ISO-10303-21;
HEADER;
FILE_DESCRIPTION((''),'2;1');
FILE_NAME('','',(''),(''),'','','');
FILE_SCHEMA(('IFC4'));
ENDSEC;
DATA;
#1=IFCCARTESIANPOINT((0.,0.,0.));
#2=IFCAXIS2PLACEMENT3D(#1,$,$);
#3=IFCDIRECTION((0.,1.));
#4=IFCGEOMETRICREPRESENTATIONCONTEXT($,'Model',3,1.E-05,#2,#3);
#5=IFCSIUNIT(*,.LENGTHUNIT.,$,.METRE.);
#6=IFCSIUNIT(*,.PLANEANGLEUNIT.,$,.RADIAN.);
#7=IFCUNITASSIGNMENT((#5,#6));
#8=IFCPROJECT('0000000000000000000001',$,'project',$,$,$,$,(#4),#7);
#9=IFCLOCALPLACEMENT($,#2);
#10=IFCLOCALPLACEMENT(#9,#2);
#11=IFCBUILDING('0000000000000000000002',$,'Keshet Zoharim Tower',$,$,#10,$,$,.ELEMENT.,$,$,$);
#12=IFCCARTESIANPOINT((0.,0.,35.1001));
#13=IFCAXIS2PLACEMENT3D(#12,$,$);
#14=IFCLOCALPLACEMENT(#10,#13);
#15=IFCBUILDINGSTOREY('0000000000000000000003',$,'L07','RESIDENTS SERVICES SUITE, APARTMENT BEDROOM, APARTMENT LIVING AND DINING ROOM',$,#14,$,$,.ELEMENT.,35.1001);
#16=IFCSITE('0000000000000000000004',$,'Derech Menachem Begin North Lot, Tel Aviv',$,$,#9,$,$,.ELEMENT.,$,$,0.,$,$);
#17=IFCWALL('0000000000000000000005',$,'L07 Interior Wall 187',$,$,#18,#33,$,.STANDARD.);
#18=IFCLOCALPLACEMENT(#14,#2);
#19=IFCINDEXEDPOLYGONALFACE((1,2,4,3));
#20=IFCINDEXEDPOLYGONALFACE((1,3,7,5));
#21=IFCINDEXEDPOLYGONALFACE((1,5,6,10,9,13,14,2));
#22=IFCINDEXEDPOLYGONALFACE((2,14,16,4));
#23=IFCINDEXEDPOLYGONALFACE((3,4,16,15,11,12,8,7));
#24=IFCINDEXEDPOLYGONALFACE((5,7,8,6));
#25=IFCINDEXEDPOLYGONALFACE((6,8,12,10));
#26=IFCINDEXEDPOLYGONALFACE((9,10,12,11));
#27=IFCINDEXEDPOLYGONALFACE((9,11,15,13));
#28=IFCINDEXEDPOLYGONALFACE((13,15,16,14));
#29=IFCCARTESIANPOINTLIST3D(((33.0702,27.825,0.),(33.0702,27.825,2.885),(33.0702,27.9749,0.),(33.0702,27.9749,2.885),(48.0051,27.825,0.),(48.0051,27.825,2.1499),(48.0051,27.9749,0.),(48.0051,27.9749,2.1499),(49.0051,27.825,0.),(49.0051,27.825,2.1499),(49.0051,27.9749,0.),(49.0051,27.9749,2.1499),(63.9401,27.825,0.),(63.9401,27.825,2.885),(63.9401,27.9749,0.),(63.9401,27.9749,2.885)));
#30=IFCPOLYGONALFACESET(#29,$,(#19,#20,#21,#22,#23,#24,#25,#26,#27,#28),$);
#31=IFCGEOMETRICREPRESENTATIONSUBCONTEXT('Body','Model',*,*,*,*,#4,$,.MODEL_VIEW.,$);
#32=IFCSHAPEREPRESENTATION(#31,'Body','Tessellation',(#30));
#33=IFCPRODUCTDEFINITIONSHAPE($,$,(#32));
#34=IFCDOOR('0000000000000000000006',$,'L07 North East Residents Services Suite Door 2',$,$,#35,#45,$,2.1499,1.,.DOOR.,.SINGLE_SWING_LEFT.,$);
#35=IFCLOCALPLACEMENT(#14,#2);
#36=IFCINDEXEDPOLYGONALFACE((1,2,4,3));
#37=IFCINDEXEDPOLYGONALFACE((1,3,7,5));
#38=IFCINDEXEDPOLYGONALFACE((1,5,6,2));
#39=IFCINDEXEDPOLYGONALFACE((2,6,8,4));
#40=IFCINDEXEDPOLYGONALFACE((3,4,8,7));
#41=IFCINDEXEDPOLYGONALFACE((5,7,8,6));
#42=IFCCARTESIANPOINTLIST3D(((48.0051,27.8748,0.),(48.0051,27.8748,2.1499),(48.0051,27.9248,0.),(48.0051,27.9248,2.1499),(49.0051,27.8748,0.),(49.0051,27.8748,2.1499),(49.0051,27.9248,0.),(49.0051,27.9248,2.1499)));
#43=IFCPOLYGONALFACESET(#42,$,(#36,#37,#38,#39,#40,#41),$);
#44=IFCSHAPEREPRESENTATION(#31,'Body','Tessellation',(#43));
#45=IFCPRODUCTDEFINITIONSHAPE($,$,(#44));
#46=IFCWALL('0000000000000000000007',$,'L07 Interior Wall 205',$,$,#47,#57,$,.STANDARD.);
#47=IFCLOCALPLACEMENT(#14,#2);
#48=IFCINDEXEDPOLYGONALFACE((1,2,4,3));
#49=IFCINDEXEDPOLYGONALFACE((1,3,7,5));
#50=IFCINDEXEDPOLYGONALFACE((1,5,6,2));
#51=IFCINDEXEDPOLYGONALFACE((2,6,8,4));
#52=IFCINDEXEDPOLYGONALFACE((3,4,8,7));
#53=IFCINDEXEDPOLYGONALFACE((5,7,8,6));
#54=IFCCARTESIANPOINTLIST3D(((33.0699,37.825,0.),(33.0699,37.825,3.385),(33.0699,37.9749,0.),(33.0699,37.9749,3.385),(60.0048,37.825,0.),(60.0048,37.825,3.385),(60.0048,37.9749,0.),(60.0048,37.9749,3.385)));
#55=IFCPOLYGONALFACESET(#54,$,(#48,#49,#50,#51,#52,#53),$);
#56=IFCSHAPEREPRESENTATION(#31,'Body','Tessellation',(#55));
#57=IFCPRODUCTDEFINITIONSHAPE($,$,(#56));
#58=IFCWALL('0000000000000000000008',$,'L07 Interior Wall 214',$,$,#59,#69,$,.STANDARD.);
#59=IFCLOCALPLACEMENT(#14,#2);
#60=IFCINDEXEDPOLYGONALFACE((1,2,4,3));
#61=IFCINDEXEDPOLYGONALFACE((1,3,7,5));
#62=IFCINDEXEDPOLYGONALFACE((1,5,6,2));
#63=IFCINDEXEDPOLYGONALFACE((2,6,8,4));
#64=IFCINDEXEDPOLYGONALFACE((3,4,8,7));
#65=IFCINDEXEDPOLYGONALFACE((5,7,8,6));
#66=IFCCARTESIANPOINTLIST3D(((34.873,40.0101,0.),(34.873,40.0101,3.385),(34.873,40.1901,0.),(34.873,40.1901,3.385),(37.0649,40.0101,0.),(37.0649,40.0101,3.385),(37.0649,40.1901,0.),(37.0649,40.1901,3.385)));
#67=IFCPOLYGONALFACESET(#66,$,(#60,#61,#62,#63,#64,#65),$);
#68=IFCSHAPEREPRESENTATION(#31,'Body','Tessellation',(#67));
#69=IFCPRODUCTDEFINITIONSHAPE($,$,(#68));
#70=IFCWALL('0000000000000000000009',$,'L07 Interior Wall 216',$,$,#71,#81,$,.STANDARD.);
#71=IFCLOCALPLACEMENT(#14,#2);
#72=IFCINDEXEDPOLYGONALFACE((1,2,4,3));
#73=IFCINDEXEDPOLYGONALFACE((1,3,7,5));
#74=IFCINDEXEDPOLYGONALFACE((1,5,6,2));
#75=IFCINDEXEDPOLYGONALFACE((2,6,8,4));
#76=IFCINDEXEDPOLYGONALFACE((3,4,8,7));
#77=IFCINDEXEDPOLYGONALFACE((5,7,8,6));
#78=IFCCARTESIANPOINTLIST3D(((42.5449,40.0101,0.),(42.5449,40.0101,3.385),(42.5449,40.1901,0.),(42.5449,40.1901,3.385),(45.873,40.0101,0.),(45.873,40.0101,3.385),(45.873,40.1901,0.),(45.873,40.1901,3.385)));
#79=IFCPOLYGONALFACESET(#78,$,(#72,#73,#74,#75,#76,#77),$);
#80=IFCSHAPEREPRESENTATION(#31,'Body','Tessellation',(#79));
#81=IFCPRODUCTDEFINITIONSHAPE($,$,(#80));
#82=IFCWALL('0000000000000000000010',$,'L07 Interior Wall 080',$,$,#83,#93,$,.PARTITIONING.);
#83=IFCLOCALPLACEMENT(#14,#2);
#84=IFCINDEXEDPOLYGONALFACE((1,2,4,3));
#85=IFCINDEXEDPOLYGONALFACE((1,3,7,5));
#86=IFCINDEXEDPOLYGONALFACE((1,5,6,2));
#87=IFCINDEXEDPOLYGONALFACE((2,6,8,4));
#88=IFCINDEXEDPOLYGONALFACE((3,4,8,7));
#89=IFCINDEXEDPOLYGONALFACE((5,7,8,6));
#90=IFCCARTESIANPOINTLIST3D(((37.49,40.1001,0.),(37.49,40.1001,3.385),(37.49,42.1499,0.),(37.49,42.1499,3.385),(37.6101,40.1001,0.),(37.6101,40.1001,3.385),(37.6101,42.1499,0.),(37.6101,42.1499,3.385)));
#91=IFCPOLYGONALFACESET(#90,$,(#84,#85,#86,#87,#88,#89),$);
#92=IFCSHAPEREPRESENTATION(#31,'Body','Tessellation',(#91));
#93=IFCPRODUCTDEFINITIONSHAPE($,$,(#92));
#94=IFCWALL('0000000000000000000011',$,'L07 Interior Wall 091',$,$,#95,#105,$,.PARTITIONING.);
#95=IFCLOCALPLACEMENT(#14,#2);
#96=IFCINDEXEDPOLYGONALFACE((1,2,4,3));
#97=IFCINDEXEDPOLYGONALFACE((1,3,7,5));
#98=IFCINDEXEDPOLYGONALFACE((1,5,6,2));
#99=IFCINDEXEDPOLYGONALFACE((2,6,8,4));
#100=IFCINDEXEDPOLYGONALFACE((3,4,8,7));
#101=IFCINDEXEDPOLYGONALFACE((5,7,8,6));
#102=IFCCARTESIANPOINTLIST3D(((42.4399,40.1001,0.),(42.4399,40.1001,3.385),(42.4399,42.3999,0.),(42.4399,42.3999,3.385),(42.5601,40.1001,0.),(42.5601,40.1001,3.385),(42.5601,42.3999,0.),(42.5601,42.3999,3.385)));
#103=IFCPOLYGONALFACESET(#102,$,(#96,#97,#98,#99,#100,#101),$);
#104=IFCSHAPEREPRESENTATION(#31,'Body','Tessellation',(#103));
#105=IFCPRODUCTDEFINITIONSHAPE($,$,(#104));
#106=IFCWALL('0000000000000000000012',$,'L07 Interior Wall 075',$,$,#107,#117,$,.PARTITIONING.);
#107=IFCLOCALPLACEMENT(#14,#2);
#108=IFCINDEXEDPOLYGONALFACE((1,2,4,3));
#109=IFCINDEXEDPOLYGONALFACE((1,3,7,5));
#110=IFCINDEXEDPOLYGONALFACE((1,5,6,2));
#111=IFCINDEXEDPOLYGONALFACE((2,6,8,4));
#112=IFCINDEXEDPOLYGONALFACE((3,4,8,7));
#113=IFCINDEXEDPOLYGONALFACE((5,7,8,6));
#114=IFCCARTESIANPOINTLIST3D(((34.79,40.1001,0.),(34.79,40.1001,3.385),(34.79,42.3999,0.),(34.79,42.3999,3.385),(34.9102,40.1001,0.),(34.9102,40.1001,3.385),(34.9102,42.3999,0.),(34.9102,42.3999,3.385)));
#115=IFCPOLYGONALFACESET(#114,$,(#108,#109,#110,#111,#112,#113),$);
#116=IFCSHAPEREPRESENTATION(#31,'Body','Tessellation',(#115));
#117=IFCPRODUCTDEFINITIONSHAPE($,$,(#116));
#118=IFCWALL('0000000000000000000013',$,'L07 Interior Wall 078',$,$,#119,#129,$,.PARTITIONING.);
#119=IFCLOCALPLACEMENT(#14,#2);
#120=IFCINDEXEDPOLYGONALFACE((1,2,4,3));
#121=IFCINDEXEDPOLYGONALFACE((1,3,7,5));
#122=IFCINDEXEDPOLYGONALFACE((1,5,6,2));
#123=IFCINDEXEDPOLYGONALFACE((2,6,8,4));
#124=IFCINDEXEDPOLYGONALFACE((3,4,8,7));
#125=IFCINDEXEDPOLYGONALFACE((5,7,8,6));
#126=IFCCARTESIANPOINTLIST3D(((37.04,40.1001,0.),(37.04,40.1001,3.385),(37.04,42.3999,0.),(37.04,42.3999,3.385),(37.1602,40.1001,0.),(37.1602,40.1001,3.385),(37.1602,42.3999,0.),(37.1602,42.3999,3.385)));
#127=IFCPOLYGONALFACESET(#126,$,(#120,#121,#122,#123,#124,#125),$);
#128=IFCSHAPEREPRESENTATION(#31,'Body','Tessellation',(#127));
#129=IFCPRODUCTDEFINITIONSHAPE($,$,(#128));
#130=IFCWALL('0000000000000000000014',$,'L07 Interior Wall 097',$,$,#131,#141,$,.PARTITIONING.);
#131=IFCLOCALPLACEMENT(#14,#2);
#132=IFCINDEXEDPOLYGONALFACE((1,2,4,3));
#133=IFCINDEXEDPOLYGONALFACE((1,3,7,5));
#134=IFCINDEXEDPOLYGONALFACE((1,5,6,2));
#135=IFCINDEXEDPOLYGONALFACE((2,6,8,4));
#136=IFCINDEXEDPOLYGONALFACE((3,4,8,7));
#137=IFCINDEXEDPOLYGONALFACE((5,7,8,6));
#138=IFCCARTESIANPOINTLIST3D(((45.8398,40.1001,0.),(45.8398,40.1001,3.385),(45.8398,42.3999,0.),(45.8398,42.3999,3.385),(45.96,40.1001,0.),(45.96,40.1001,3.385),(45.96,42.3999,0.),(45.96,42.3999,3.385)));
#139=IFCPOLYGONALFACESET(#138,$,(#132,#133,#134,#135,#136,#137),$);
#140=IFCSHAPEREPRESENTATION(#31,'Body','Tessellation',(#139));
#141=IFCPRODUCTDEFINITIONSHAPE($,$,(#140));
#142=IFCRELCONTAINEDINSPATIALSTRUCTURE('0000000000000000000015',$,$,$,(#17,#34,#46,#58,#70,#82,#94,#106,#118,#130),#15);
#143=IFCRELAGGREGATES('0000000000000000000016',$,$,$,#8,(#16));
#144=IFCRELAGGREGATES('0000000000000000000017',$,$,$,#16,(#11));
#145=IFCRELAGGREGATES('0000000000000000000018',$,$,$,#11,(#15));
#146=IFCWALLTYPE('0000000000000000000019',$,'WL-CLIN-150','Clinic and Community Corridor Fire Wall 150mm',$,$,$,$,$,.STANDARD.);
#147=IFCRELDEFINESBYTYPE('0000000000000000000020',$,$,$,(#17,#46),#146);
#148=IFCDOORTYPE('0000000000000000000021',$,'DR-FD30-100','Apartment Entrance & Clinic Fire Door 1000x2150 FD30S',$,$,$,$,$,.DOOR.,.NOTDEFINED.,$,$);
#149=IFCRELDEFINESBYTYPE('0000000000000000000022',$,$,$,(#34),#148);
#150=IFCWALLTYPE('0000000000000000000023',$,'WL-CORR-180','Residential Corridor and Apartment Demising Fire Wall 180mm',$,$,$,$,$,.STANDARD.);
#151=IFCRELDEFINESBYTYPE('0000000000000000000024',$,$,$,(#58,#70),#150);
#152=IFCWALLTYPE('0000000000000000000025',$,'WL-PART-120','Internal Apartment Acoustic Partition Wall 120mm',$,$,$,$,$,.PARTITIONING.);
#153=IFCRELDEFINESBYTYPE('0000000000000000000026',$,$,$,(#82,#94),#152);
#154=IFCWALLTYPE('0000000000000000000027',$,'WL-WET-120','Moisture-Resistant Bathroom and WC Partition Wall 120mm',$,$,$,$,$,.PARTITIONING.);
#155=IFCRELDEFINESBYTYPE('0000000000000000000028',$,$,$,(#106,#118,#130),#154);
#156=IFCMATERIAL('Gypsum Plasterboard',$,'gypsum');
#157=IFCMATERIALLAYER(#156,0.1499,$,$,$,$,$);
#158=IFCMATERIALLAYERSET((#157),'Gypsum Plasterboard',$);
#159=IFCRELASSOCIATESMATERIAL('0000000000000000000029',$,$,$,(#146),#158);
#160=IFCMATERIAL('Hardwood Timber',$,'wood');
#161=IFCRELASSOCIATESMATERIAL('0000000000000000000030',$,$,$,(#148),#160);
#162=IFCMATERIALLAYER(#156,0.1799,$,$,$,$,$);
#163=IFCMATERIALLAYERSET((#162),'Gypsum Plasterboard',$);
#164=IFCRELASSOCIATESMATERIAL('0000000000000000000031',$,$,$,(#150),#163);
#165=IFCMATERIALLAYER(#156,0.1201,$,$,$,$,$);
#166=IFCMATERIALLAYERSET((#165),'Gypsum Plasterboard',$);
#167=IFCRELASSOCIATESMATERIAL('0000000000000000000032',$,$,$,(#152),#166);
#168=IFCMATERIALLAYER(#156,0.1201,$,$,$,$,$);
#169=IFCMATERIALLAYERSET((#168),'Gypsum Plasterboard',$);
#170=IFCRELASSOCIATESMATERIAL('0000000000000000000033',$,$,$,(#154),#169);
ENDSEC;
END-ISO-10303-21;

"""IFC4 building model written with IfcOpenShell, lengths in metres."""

from ifc_helpers import new_model, si_unit, direction, frame, frame_2d, origin, place, context, subcontext, project, spatial, rectangle, extrude, material, layer, layer_set, type_object, element, fill, save


model = new_model("IFC4")

# Units and contexts
model_context = context("Model", 3, precision=1e-05, world=origin(), true_north=direction((0.0, 1.0)))
body_context = subcontext(model_context, "Body", "Model", "MODEL_VIEW")
ifc_project = project(units=[si_unit("LENGTHUNIT", "METRE"), si_unit("PLANEANGLEUNIT", "RADIAN")], contexts=[model_context])

# Site, building, storey
site_placement = place(None, origin())
site = spatial("IfcSite", under=ifc_project, at=site_placement, Name="Derech Menachem Begin North Lot, Tel Aviv", CompositionType="ELEMENT", RefElevation=0.0)
building_placement = place(site_placement, origin())
building = spatial("IfcBuilding", under=site, at=building_placement, Name="Keshet Zoharim Tower", CompositionType="ELEMENT")
storey_placement = place(building_placement, frame((0.0, 0.0, 35.1001)))
storey = spatial("IfcBuildingStorey", under=building, at=storey_placement, Name="L07", Description="RESIDENTS SERVICES SUITE, APARTMENT BEDROOM, APARTMENT LIVING AND DINING ROOM", CompositionType="ELEMENT", Elevation=35.1001)

# Shared definitions
ifc_material_1 = material(Name="Gypsum Plasterboard", Category="gypsum")
ifc_layer_1 = layer(ifc_material_1, 0.1499)
ifc_layer_set_1 = layer_set([ifc_layer_1], Name="Gypsum Plasterboard")
wall_type_1 = type_object("IfcWallType", Name="WL-CLIN-150", Description="Clinic and Community Corridor Fire Wall 150mm", PredefinedType="STANDARD", material=ifc_layer_set_1)

# Shared definitions
ifc_material_2 = material(Name="Hardwood Timber", Category="wood")
door_type = type_object("IfcDoorType", Name="DR-FD30-100", Description="Apartment Entrance & Clinic Fire Door 1000x2150 FD30S", OperationType="NOTDEFINED", PredefinedType="DOOR", material=ifc_material_2)

# Wall, opening, door
wall_1_placement = place(storey_placement, frame((33.0701, 27.8999, 0.0), z_axis=(0.0, 0.0, 1.0), x_axis=(1.0, 0.0, 0.0)))
wall_1 = element("IfcWall", 1, at=wall_1_placement, inside=storey, type_object=wall_type_1, Name="L07 Interior Wall 187", PredefinedType="STANDARD", context=body_context, shape_type="SweptSolid", body=[
    extrude(rectangle(XDim=30.8699, YDim=0.1499, at=frame_2d((15.4351, 0.0))), origin(), (0.0, 0.0, 1.0), 2.885),
])
opening_1_placement = place(wall_1_placement, frame((14.9351, 0.0, 0.0)))
opening_1 = element("IfcOpeningElement", 2, at=opening_1_placement, cuts=wall_1, PredefinedType="OPENING", context=body_context, shape_type="SweptSolid", body=[
    extrude(rectangle(XDim=1.0, YDim=2.1499, at=frame_2d((0.5, 1.075))), frame((0.0, 0.085, 0.0), z_axis=(0.0, -1.0, 0.0), x_axis=(1.0, 0.0, 0.0)), (0.0, 0.0, 1.0), 0.1699),
])
door_1_placement = place(opening_1_placement, origin())
door_1 = element("IfcDoor", 3, at=door_1_placement, inside=storey, type_object=door_type, Name="L07 North East Residents Services Suite Door 2", OperationType="SINGLE_SWING_LEFT", OverallHeight=2.1499, OverallWidth=1.0, PredefinedType="DOOR", context=body_context, shape_type="SweptSolid", body=[
    extrude(rectangle(XDim=1.0, YDim=2.1499, at=frame_2d((0.5, 1.075))), frame((0.0, 0.0249, 0.0), z_axis=(0.0, -1.0, 0.0), x_axis=(1.0, 0.0, 0.0)), (0.0, 0.0, 1.0), 0.05),
])
fill(opening_1, door_1)

# Walls
wall_2_placement = place(storey_placement, frame((33.0701, 37.8999, 0.0), z_axis=(0.0, 0.0, 1.0), x_axis=(1.0, 0.0, 0.0)))
element("IfcWall", 4, at=wall_2_placement, inside=storey, type_object=wall_type_1, Name="L07 Interior Wall 205", PredefinedType="STANDARD", context=body_context, shape_type="SweptSolid", body=[
    extrude(rectangle(XDim=26.9348, YDim=0.1499, at=frame_2d((13.4673, 0.0))), origin(), (0.0, 0.0, 1.0), 3.385),
])
ifc_layer_2 = layer(ifc_material_1, 0.1799)
ifc_layer_set_2 = layer_set([ifc_layer_2], Name="Gypsum Plasterboard")
wall_type_2 = type_object("IfcWallType", Name="WL-CORR-180", Description="Residential Corridor and Apartment Demising Fire Wall 180mm", PredefinedType="STANDARD", material=ifc_layer_set_2)
wall_3_placement = place(storey_placement, frame((34.873, 40.1001, 0.0), z_axis=(0.0, 0.0, 1.0), x_axis=(1.0, 0.0, 0.0)))
element("IfcWall", 5, at=wall_3_placement, inside=storey, type_object=wall_type_2, Name="L07 Interior Wall 214", PredefinedType="STANDARD", context=body_context, shape_type="SweptSolid", body=[
    extrude(rectangle(XDim=2.1919, YDim=0.1799, at=frame_2d((1.0959, 0.0))), origin(), (0.0, 0.0, 1.0), 3.385),
])

# Walls
wall_4_placement = place(storey_placement, frame((42.5449, 40.1001, 0.0), z_axis=(0.0, 0.0, 1.0), x_axis=(1.0, 0.0, 0.0)))
element("IfcWall", 6, at=wall_4_placement, inside=storey, type_object=wall_type_2, Name="L07 Interior Wall 216", PredefinedType="STANDARD", context=body_context, shape_type="SweptSolid", body=[
    extrude(rectangle(XDim=3.3281, YDim=0.1799, at=frame_2d((1.6641, 0.0))), origin(), (0.0, 0.0, 1.0), 3.385),
])
ifc_layer_3 = layer(ifc_material_1, 0.1201)
ifc_layer_set_3 = layer_set([ifc_layer_3], Name="Gypsum Plasterboard")
wall_type_3 = type_object("IfcWallType", Name="WL-PART-120", Description="Internal Apartment Acoustic Partition Wall 120mm", PredefinedType="PARTITIONING", material=ifc_layer_set_3)
wall_5_placement = place(storey_placement, frame((37.55, 40.1001, 0.0), z_axis=(0.0, 0.0, 1.0), x_axis=(0.0, 1.0, 0.0)))
element("IfcWall", 7, at=wall_5_placement, inside=storey, type_object=wall_type_3, Name="L07 Interior Wall 080", PredefinedType="PARTITIONING", context=body_context, shape_type="SweptSolid", body=[
    extrude(rectangle(XDim=2.0498, YDim=0.1201, at=frame_2d((1.0249, 0.0))), origin(), (0.0, 0.0, 1.0), 3.385),
])
wall_6_placement = place(storey_placement, frame((42.5, 40.1001, 0.0), z_axis=(0.0, 0.0, 1.0), x_axis=(0.0, 1.0, 0.0)))
element("IfcWall", 8, at=wall_6_placement, inside=storey, type_object=wall_type_3, Name="L07 Interior Wall 091", PredefinedType="PARTITIONING", context=body_context, shape_type="SweptSolid", body=[
    extrude(rectangle(XDim=2.2998, YDim=0.1201, at=frame_2d((1.1499, 0.0))), origin(), (0.0, 0.0, 1.0), 3.385),
])
ifc_layer_4 = layer(ifc_material_1, 0.1201)
ifc_layer_set_4 = layer_set([ifc_layer_4], Name="Gypsum Plasterboard")
wall_type_4 = type_object("IfcWallType", Name="WL-WET-120", Description="Moisture-Resistant Bathroom and WC Partition Wall 120mm", PredefinedType="PARTITIONING", material=ifc_layer_set_4)
for number, where, z_axis, x_axis, name in (
    (9, (34.8501, 40.1001, 0.0), (0.0, 0.0, 1.0), (0.0, 1.0, 0.0), "L07 Interior Wall 075"),
    (10, (37.1001, 40.1001, 0.0), (0.0, 0.0, 1.0), (0.0, 1.0, 0.0), "L07 Interior Wall 078"),
    (11, (45.8999, 40.1001, 0.0), (0.0, 0.0, 1.0), (0.0, 1.0, 0.0), "L07 Interior Wall 097"),
):
    element("IfcWall", number, at=place(storey_placement, frame(where, z_axis=z_axis, x_axis=x_axis)), inside=storey, type_object=wall_type_4, Name=name, PredefinedType="PARTITIONING", context=body_context, shape_type="SweptSolid", body=[
        extrude(rectangle(XDim=2.2998, YDim=0.1201, at=frame_2d((1.1499, 0.0))), origin(), (0.0, 0.0, 1.0), 3.385),
    ])

save(model, "model.ifc")
